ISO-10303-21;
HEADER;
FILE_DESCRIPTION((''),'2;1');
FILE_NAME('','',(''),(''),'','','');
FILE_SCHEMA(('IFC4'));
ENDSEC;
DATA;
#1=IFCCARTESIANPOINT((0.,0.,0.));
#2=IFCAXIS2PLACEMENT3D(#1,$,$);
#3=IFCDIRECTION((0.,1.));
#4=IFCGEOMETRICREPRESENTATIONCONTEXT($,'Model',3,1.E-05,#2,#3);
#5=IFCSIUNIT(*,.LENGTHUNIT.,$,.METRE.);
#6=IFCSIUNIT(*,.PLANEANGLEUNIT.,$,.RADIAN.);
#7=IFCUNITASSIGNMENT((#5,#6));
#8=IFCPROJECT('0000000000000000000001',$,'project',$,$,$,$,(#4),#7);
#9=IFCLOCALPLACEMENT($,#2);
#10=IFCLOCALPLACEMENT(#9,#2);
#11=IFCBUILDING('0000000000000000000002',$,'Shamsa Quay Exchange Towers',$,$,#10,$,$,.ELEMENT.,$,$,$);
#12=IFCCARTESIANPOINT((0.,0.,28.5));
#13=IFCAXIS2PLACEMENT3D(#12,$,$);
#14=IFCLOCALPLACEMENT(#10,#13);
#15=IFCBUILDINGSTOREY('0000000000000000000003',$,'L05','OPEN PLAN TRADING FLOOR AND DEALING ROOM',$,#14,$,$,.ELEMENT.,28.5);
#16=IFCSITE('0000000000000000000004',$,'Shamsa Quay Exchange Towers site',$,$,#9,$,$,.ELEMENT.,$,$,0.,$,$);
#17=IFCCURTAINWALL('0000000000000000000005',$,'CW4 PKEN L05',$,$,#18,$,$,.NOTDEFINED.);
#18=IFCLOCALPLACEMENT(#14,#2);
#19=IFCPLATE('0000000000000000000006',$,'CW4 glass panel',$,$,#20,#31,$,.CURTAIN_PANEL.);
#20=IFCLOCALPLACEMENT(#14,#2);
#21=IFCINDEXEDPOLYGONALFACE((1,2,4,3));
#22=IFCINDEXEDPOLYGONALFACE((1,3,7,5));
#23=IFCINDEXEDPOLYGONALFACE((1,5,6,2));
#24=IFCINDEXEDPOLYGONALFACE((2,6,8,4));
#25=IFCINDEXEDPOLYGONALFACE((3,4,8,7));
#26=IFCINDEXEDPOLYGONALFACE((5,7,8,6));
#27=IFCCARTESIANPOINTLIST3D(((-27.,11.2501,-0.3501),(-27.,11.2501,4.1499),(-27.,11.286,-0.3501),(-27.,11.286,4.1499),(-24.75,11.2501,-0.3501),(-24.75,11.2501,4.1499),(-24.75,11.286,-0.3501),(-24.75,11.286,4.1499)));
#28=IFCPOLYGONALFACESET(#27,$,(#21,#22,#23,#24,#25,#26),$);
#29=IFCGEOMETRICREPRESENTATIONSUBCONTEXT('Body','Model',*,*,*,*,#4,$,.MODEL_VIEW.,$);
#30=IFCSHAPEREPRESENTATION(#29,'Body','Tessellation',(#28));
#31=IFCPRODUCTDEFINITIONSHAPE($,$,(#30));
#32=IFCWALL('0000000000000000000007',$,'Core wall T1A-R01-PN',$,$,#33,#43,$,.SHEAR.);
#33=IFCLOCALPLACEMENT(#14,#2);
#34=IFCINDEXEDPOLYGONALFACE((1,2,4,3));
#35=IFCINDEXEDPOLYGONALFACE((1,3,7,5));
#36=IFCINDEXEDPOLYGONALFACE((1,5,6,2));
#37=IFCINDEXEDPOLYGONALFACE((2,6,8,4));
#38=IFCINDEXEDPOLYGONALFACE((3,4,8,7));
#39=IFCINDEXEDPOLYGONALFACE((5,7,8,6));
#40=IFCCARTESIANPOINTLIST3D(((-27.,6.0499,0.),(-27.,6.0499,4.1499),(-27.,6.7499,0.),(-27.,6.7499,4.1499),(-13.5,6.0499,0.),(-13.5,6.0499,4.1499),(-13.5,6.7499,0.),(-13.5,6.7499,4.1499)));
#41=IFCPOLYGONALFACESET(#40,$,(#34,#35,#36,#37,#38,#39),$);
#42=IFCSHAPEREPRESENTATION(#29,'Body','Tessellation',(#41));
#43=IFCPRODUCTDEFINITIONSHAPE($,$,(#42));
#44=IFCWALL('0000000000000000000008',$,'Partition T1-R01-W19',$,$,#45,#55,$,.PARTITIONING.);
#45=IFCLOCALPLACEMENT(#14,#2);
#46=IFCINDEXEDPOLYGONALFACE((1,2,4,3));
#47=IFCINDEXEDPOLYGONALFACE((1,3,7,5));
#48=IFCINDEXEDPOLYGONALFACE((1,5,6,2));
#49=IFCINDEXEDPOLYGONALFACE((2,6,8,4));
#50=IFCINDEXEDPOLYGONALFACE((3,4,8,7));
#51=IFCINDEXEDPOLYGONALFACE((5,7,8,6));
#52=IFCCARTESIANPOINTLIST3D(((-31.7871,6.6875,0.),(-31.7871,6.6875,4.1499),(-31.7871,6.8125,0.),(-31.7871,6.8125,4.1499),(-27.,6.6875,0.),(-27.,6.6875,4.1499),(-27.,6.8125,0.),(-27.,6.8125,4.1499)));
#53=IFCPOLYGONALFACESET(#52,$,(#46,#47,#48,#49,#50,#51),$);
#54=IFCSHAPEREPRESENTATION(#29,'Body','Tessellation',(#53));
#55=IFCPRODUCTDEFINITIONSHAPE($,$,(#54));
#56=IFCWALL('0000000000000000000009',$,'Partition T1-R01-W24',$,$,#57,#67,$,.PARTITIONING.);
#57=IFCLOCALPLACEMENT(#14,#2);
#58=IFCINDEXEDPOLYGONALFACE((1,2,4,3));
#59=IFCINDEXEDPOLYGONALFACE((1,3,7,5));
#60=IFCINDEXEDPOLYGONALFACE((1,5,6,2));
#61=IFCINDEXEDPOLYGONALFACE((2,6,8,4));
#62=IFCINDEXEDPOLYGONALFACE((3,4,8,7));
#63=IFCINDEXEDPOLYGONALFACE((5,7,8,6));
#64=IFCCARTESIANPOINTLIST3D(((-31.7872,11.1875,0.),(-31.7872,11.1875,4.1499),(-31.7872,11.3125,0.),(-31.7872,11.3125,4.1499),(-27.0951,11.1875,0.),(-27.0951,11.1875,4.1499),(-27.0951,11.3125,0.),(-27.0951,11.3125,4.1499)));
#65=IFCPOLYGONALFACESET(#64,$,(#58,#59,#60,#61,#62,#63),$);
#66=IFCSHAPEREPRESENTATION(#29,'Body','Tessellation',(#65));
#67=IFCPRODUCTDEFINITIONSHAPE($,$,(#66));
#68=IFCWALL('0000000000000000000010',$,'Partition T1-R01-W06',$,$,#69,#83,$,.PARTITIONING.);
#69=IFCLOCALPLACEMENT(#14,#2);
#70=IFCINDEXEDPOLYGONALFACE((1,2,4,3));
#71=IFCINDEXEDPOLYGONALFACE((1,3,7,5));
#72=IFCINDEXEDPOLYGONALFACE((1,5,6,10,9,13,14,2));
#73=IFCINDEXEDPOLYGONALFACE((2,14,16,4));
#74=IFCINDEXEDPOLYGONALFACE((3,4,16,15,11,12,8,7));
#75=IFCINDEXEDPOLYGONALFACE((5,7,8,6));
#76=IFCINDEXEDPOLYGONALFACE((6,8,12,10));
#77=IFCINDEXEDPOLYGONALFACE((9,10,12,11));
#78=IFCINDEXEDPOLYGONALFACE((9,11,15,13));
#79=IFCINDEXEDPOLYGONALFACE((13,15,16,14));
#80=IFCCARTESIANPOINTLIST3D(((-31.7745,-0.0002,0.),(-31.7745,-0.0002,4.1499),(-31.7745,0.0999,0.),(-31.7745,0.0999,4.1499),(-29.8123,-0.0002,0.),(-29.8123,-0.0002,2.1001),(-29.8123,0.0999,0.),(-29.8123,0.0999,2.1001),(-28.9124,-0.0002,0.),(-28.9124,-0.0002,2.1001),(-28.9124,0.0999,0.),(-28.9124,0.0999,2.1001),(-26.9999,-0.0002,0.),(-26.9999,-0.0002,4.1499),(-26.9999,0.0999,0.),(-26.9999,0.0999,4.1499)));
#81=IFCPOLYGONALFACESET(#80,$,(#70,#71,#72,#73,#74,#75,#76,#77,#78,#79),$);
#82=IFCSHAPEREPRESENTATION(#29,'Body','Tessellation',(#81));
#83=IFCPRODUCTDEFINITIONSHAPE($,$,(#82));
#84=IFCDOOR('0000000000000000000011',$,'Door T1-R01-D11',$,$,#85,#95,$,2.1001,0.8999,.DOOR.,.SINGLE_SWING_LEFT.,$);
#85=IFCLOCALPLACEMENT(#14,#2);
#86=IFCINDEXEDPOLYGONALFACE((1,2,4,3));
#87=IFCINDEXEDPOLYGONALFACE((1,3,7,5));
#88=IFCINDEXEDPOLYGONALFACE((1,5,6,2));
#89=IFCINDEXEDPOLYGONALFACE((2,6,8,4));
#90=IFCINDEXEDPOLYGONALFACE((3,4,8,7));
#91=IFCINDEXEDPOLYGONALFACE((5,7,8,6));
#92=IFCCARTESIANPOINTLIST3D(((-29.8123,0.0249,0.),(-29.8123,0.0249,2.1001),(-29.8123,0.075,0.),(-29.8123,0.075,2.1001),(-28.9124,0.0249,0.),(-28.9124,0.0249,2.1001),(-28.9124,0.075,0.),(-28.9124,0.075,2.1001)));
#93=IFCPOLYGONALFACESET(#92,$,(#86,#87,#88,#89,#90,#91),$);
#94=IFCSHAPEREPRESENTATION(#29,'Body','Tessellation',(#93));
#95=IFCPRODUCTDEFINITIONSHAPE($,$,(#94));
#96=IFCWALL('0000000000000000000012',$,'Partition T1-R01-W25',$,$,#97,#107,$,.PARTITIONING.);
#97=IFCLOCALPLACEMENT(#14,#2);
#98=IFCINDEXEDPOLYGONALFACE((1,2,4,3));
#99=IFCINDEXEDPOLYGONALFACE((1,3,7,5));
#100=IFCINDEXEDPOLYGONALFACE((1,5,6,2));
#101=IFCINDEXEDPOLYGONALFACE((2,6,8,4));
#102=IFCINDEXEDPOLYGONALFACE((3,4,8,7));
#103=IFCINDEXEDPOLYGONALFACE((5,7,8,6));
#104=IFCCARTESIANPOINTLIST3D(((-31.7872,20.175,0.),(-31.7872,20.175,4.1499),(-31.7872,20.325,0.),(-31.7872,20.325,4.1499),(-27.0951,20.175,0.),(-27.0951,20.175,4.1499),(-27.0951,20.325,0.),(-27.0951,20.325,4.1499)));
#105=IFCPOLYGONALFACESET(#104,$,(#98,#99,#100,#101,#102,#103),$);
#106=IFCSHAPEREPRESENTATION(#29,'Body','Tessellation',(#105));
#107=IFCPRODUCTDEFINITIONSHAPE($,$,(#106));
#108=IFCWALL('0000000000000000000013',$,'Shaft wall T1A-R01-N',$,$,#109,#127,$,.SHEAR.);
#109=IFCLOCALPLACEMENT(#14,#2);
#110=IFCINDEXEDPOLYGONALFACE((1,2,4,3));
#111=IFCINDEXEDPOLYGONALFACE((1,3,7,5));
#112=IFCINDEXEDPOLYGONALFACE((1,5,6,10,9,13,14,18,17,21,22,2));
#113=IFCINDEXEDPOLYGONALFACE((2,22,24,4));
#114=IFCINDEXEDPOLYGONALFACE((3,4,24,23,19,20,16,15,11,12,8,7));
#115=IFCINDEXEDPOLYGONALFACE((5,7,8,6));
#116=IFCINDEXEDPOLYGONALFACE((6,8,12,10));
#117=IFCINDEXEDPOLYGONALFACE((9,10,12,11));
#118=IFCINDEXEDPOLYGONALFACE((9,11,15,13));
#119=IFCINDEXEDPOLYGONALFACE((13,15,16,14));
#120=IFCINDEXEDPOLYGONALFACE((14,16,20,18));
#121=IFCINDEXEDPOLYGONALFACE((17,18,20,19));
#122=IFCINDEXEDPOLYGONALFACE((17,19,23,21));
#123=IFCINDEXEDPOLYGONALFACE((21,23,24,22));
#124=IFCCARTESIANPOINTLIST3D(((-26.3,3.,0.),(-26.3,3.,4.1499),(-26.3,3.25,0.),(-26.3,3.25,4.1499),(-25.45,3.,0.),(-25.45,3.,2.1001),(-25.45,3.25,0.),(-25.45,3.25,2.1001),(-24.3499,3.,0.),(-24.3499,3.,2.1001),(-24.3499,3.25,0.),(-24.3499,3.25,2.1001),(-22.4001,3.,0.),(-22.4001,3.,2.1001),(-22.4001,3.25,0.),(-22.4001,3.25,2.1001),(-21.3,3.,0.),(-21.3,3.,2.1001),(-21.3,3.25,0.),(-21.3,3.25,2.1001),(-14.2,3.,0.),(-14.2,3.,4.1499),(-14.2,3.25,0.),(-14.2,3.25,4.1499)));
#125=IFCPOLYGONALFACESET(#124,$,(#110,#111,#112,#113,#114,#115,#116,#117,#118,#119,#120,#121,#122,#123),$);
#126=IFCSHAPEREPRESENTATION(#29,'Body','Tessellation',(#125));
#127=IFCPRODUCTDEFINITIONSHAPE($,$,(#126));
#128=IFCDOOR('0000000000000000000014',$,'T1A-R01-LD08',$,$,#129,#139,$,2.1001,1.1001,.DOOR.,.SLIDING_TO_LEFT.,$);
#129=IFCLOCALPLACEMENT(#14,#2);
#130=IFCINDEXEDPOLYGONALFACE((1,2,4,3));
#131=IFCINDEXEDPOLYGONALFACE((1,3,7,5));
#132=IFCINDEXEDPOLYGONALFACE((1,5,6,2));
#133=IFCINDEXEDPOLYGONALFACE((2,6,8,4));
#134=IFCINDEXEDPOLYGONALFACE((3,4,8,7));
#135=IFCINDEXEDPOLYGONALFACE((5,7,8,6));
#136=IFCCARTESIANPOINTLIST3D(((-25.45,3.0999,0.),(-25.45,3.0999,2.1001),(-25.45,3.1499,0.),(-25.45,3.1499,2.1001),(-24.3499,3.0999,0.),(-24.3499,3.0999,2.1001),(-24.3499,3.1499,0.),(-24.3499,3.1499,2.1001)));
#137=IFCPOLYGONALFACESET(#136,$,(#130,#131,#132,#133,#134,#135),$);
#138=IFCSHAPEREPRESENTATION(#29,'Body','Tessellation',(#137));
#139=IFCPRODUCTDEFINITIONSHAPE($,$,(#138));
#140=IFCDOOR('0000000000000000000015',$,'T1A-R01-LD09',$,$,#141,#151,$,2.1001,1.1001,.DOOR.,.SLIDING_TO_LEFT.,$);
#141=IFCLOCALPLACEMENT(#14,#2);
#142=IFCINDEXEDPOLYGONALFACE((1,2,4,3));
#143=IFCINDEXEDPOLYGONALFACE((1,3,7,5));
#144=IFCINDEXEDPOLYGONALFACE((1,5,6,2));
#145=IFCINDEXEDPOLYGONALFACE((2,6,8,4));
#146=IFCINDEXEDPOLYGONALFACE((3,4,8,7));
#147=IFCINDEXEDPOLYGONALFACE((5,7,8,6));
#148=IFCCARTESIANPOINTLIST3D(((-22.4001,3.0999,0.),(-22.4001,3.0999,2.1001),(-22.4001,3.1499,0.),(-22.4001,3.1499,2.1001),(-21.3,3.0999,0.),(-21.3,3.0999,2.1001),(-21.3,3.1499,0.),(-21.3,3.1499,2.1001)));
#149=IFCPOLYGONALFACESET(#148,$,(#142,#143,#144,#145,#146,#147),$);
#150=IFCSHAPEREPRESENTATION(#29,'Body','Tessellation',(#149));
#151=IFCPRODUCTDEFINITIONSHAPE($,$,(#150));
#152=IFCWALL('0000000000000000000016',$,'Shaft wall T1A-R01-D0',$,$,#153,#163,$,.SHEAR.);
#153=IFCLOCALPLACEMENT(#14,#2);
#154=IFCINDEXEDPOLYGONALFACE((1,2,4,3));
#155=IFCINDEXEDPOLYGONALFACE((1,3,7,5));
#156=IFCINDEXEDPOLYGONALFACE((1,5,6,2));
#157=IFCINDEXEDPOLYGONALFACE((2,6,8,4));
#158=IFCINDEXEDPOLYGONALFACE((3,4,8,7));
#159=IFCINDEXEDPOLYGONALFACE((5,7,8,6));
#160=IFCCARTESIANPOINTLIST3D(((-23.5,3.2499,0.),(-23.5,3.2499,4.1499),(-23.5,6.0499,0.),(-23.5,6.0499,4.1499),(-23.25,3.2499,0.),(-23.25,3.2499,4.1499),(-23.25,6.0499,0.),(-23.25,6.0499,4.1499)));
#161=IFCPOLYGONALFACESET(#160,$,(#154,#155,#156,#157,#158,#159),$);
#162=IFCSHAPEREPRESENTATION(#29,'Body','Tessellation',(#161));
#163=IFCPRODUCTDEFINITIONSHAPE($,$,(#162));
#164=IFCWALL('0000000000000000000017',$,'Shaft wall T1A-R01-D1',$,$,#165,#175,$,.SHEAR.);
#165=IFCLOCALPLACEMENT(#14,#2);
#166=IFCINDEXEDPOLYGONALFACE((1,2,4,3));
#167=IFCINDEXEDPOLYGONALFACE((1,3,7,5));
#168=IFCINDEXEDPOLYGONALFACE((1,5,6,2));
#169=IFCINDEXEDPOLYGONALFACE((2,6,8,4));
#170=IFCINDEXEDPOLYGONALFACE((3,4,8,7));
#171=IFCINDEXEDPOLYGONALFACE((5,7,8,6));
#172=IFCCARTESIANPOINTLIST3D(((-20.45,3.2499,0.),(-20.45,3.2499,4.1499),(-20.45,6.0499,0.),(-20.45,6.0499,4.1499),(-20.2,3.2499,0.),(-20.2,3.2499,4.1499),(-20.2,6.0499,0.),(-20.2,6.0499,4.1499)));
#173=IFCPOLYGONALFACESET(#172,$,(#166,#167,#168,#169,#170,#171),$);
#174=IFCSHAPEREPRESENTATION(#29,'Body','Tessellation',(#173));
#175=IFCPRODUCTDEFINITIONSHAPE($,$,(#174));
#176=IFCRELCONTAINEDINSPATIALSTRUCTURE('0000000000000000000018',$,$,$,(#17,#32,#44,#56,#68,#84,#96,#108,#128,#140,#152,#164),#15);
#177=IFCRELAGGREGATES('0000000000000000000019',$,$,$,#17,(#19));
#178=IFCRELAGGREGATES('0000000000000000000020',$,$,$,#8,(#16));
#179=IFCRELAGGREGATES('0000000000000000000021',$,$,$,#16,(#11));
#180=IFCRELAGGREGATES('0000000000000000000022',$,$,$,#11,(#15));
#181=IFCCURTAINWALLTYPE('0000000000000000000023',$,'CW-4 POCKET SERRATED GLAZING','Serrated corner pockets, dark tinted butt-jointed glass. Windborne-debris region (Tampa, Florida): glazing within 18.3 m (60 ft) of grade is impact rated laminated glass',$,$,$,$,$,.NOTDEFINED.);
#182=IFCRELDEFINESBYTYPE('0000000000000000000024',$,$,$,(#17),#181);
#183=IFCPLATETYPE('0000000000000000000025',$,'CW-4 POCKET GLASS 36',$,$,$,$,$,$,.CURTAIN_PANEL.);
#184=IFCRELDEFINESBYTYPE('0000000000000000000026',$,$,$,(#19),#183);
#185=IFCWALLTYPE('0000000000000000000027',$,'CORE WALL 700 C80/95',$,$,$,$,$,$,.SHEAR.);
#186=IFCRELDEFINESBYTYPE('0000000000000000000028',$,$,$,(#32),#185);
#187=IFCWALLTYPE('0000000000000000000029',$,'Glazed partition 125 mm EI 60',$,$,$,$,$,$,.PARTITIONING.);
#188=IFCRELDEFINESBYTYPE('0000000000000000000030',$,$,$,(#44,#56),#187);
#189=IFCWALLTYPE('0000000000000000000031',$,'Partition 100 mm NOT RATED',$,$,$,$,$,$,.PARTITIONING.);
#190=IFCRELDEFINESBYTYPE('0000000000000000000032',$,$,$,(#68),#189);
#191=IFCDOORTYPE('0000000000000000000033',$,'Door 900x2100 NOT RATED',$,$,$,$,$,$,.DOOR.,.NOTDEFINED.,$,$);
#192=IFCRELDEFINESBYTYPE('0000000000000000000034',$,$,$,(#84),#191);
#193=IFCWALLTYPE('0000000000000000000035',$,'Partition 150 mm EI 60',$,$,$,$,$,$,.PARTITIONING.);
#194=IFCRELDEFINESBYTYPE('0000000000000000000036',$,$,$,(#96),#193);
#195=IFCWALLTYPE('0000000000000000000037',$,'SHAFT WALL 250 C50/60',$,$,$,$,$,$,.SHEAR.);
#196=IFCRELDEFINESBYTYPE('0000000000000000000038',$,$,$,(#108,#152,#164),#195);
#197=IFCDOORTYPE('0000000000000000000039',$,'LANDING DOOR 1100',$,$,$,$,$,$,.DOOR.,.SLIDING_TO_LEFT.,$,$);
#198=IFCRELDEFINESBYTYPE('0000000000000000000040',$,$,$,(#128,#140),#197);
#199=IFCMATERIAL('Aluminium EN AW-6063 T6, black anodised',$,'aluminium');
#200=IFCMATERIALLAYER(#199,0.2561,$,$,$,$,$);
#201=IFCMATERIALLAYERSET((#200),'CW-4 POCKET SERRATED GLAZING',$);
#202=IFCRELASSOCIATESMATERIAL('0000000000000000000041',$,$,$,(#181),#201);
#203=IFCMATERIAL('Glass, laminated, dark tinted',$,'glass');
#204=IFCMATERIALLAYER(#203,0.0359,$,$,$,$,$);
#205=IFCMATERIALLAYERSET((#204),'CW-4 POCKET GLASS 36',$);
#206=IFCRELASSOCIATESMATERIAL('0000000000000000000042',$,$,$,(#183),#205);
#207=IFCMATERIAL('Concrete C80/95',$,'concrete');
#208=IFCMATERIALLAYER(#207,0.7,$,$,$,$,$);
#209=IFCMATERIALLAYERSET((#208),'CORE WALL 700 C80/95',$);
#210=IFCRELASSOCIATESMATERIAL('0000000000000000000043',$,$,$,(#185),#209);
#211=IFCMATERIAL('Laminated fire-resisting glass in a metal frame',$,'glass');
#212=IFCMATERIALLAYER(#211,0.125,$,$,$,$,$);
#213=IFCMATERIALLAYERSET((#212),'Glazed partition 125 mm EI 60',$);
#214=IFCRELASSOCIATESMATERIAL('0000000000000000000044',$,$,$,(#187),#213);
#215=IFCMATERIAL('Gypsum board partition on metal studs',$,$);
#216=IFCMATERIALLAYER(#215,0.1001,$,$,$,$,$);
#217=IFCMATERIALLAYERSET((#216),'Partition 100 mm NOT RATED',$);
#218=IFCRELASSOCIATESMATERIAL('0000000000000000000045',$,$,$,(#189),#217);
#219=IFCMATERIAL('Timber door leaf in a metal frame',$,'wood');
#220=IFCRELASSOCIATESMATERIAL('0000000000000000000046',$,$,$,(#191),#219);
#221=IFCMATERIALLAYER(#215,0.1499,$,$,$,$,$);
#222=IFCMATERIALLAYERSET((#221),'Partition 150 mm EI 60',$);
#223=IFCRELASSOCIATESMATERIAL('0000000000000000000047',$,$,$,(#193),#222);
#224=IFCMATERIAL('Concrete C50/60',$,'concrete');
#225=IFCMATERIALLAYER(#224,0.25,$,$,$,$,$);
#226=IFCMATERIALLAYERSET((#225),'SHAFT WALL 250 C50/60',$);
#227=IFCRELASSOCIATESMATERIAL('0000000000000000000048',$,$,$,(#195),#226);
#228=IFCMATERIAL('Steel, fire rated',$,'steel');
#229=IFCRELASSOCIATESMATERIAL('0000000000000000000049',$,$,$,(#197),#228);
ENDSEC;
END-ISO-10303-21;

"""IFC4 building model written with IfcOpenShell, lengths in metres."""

from ifc_helpers import new_model, si_unit, direction, frame, frame_2d, origin, origin_2d, place, context, subcontext, project, spatial, rectangle, extrude, material, layer, layer_set, type_object, element, fill, aggregate, save


model = new_model("IFC4")

# Units and contexts
model_context = context("Model", 3, precision=1e-05, world=origin(), true_north=direction((0.0, 1.0)))
body_context = subcontext(model_context, "Body", "Model", "MODEL_VIEW")
ifc_project = project(units=[si_unit("LENGTHUNIT", "METRE"), si_unit("PLANEANGLEUNIT", "RADIAN")], contexts=[model_context])

# Site, building, storey
site_placement = place(None, origin())
site = spatial("IfcSite", under=ifc_project, at=site_placement, Name="Shamsa Quay Exchange Towers site", CompositionType="ELEMENT", RefElevation=0.0)
building_placement = place(site_placement, origin())
building = spatial("IfcBuilding", under=site, at=building_placement, Name="Shamsa Quay Exchange Towers", CompositionType="ELEMENT")
storey_placement = place(building_placement, frame((0.0, 0.0, 28.5)))
storey = spatial("IfcBuildingStorey", under=building, at=storey_placement, Name="L05", Description="OPEN PLAN TRADING FLOOR AND DEALING ROOM", CompositionType="ELEMENT", Elevation=28.5)

# Shared definitions
ifc_material_1 = material(Name="Aluminium EN AW-6063 T6, black anodised", Category="aluminium")

# Shared definitions
ifc_material_2 = material(Name="Glass, laminated, dark tinted", Category="glass")

# Curtain wall, plate
ifc_layer_1 = layer(ifc_material_1, 0.2561)
ifc_layer_set_1 = layer_set([ifc_layer_1], Name="CW-4 POCKET SERRATED GLAZING")
curtain_wall_type_1 = type_object("IfcCurtainWallType", Name="CW-4 POCKET SERRATED GLAZING", Description="Serrated corner pockets, dark tinted butt-jointed glass. Windborne-debris region (Tampa, Florida): glazing within 18.3 m (60 ft) of grade is impact rated laminated glass", PredefinedType="NOTDEFINED", material=ifc_layer_set_1)
curtain_wall_1_placement = place(storey_placement, origin())
curtain_wall_1 = element("IfcCurtainWall", 1, at=curtain_wall_1_placement, inside=storey, type_object=curtain_wall_type_1, Name="CW4 PKEN L05", PredefinedType="NOTDEFINED")
ifc_layer_2 = layer(ifc_material_2, 0.0359)
ifc_layer_set_2 = layer_set([ifc_layer_2], Name="CW-4 POCKET GLASS 36")
plate_type_1 = type_object("IfcPlateType", Name="CW-4 POCKET GLASS 36", PredefinedType="CURTAIN_PANEL", material=ifc_layer_set_2)
plate_1_placement = place(storey_placement, frame((-25.875, 11.2681, -0.3501), z_axis=(0.0, 0.0, 1.0), x_axis=(-1.0, 0.0, 0.0)))
plate_1 = element("IfcPlate", 2, at=plate_1_placement, type_object=plate_type_1, Name="CW4 glass panel", PredefinedType="CURTAIN_PANEL", context=body_context, shape_type="SweptSolid", body=[
    extrude(rectangle(XDim=2.25, YDim=0.0359, at=origin_2d()), origin(), (0.0, 0.0, 1.0), 4.5),
])
aggregate(curtain_wall_1, [plate_1])

# Wall
ifc_material_3 = material(Name="Concrete C80/95", Category="concrete")
ifc_layer_3 = layer(ifc_material_3, 0.7)
ifc_layer_set_3 = layer_set([ifc_layer_3], Name="CORE WALL 700 C80/95")
wall_type_1 = type_object("IfcWallType", Name="CORE WALL 700 C80/95", PredefinedType="SHEAR", material=ifc_layer_set_3)
wall_1_placement = place(storey_placement, frame((-27.0, 6.3999, 0.0)))
element("IfcWall", 3, at=wall_1_placement, inside=storey, type_object=wall_type_1, Name="Core wall T1A-R01-PN", PredefinedType="SHEAR", context=body_context, shape_type="SweptSolid", body=[
    extrude(rectangle(XDim=13.5, YDim=0.7, at=frame_2d((6.75, 0.0))), origin(), (0.0, 0.0, 1.0), 4.1499),
])

# Shared definitions
ifc_material_4 = material(Name="Steel, fire rated", Category="steel")

# Walls
ifc_material_5 = material(Name="Laminated fire-resisting glass in a metal frame", Category="glass")
ifc_layer_4 = layer(ifc_material_5, 0.125)
ifc_layer_set_4 = layer_set([ifc_layer_4], Name="Glazed partition 125 mm EI 60")
wall_type_2 = type_object("IfcWallType", Name="Glazed partition 125 mm EI 60", PredefinedType="PARTITIONING", material=ifc_layer_set_4)
wall_2_placement = place(storey_placement, frame((-27.0, 6.75, 0.0), z_axis=(0.0, 0.0, 1.0), x_axis=(-1.0, 0.0, 0.0)))
element("IfcWall", 4, at=wall_2_placement, inside=storey, type_object=wall_type_2, Name="Partition T1-R01-W19", PredefinedType="PARTITIONING", context=body_context, shape_type="SweptSolid", body=[
    extrude(rectangle(XDim=4.7871, YDim=0.125, at=frame_2d((2.3936, 0.0))), origin(), (0.0, 0.0, 1.0), 4.1499),
])
wall_3_placement = place(storey_placement, frame((-27.095, 11.25, 0.0), z_axis=(0.0, 0.0, 1.0), x_axis=(-1.0, 0.0, 0.0)))
element("IfcWall", 5, at=wall_3_placement, inside=storey, type_object=wall_type_2, Name="Partition T1-R01-W24", PredefinedType="PARTITIONING", context=body_context, shape_type="SweptSolid", body=[
    extrude(rectangle(XDim=4.6921, YDim=0.125, at=frame_2d((2.3462, 0.0))), origin(), (0.0, 0.0, 1.0), 4.1499),
])

# Wall, opening, door
ifc_material_6 = material(Name="Gypsum board partition on metal studs")
ifc_layer_5 = layer(ifc_material_6, 0.1001)
ifc_layer_set_5 = layer_set([ifc_layer_5], Name="Partition 100 mm NOT RATED")
wall_type_3 = type_object("IfcWallType", Name="Partition 100 mm NOT RATED", PredefinedType="PARTITIONING", material=ifc_layer_set_5)
wall_4_placement = place(storey_placement, frame((-27.0, 0.0498, 0.0), z_axis=(0.0, 0.0, 1.0), x_axis=(-1.0, 0.0, 0.0)))
wall_4 = element("IfcWall", 6, at=wall_4_placement, inside=storey, type_object=wall_type_3, Name="Partition T1-R01-W06", PredefinedType="PARTITIONING", context=body_context, shape_type="SweptSolid", body=[
    extrude(rectangle(XDim=4.7747, YDim=0.1001, at=frame_2d((2.3872, 0.0))), origin(), (0.0, 0.0, 1.0), 4.1499),
])
opening_1_placement = place(wall_4_placement, frame((1.9124, 0.0, 0.0)))
opening_1 = element("IfcOpeningElement", 7, at=opening_1_placement, cuts=wall_4, PredefinedType="OPENING", context=body_context, shape_type="SweptSolid", body=[
    extrude(rectangle(XDim=0.8999, YDim=2.1001, at=frame_2d((0.45, 1.05))), frame((0.0, 0.0601, 0.0), z_axis=(0.0, -1.0, 0.0), x_axis=(1.0, 0.0, 0.0)), (0.0, 0.0, 1.0), 0.1201),
])
ifc_material_7 = material(Name="Timber door leaf in a metal frame", Category="wood")
door_type_1 = type_object("IfcDoorType", Name="Door 900x2100 NOT RATED", OperationType="NOTDEFINED", PredefinedType="DOOR", material=ifc_material_7)
door_1_placement = place(opening_1_placement, origin())
door_1 = element("IfcDoor", 8, at=door_1_placement, inside=storey, type_object=door_type_1, Name="Door T1-R01-D11", OperationType="SINGLE_SWING_LEFT", OverallHeight=2.1001, OverallWidth=0.8999, PredefinedType="DOOR", context=body_context, shape_type="SweptSolid", body=[
    extrude(rectangle(XDim=0.8999, YDim=2.1001, at=frame_2d((0.45, 1.05))), frame((0.0, 0.0249, 0.0), z_axis=(0.0, -1.0, 0.0), x_axis=(1.0, 0.0, 0.0)), (0.0, 0.0, 1.0), 0.05),
])
fill(opening_1, door_1)

# Wall
ifc_layer_6 = layer(ifc_material_6, 0.1499)
ifc_layer_set_6 = layer_set([ifc_layer_6], Name="Partition 150 mm EI 60")
wall_type_4 = type_object("IfcWallType", Name="Partition 150 mm EI 60", PredefinedType="PARTITIONING", material=ifc_layer_set_6)
wall_5_placement = place(storey_placement, frame((-27.095, 20.25, 0.0), z_axis=(0.0, 0.0, 1.0), x_axis=(-1.0, 0.0, 0.0)))
element("IfcWall", 9, at=wall_5_placement, inside=storey, type_object=wall_type_4, Name="Partition T1-R01-W25", PredefinedType="PARTITIONING", context=body_context, shape_type="SweptSolid", body=[
    extrude(rectangle(XDim=4.6921, YDim=0.1499, at=frame_2d((2.3462, 0.0))), origin(), (0.0, 0.0, 1.0), 4.1499),
])

# Wall, openings, doors
ifc_material_8 = material(Name="Concrete C50/60", Category="concrete")
ifc_layer_7 = layer(ifc_material_8, 0.25)
ifc_layer_set_7 = layer_set([ifc_layer_7], Name="SHAFT WALL 250 C50/60")
wall_type_5 = type_object("IfcWallType", Name="SHAFT WALL 250 C50/60", PredefinedType="SHEAR", material=ifc_layer_set_7)
wall_6_placement = place(storey_placement, frame((-26.3, 3.125, 0.0)))
wall_6 = element("IfcWall", 10, at=wall_6_placement, inside=storey, type_object=wall_type_5, Name="Shaft wall T1A-R01-N", PredefinedType="SHEAR", context=body_context, shape_type="SweptSolid", body=[
    extrude(rectangle(XDim=12.1001, YDim=0.25, at=frame_2d((6.05, 0.0))), origin(), (0.0, 0.0, 1.0), 4.1499),
])
opening_2_placement = place(wall_6_placement, frame((0.8501, 0.0, 0.0)))
opening_2 = element("IfcOpeningElement", 11, at=opening_2_placement, cuts=wall_6, PredefinedType="OPENING", context=body_context, shape_type="SweptSolid", body=[
    extrude(rectangle(XDim=1.1001, YDim=2.1001, at=frame_2d((0.55, 1.05))), frame((0.0, 0.135, 0.0), z_axis=(0.0, -1.0, 0.0), x_axis=(1.0, 0.0, 0.0)), (0.0, 0.0, 1.0), 0.27),
])
opening_3_placement = place(wall_6_placement, frame((3.8999, 0.0, 0.0)))
opening_3 = element("IfcOpeningElement", 12, at=opening_3_placement, cuts=wall_6, PredefinedType="OPENING", context=body_context, shape_type="SweptSolid", body=[
    extrude(rectangle(XDim=1.1001, YDim=2.1001, at=frame_2d((0.55, 1.05))), frame((0.0, 0.135, 0.0), z_axis=(0.0, -1.0, 0.0), x_axis=(1.0, 0.0, 0.0)), (0.0, 0.0, 1.0), 0.27),
])
door_type_2 = type_object("IfcDoorType", Name="LANDING DOOR 1100", OperationType="SLIDING_TO_LEFT", PredefinedType="DOOR", material=ifc_material_4)
door_2_placement = place(opening_2_placement, origin())
door_2 = element("IfcDoor", 13, at=door_2_placement, inside=storey, type_object=door_type_2, Name="T1A-R01-LD08", OperationType="SLIDING_TO_LEFT", OverallHeight=2.1001, OverallWidth=1.1001, PredefinedType="DOOR", context=body_context, shape_type="SweptSolid", body=[
    extrude(rectangle(XDim=1.1001, YDim=2.1001, at=frame_2d((0.55, 1.05))), frame((0.0, 0.0249, 0.0), z_axis=(0.0, -1.0, 0.0), x_axis=(1.0, 0.0, 0.0)), (0.0, 0.0, 1.0), 0.05),
])
fill(opening_2, door_2)
door_3_placement = place(opening_3_placement, origin())
door_3 = element("IfcDoor", 14, at=door_3_placement, inside=storey, type_object=door_type_2, Name="T1A-R01-LD09", OperationType="SLIDING_TO_LEFT", OverallHeight=2.1001, OverallWidth=1.1001, PredefinedType="DOOR", context=body_context, shape_type="SweptSolid", body=[
    extrude(rectangle(XDim=1.1001, YDim=2.1001, at=frame_2d((0.55, 1.05))), frame((0.0, 0.0249, 0.0), z_axis=(0.0, -1.0, 0.0), x_axis=(1.0, 0.0, 0.0)), (0.0, 0.0, 1.0), 0.05),
])
fill(opening_3, door_3)

# Walls
for number, where, z_axis, x_axis, name in (
    (15, (-23.375, 3.25, 0.0), (0.0, 0.0, 1.0), (0.0, 1.0, 0.0), "Shaft wall T1A-R01-D0"),
    (16, (-20.325, 3.25, 0.0), (0.0, 0.0, 1.0), (0.0, 1.0, 0.0), "Shaft wall T1A-R01-D1"),
):
    element("IfcWall", number, at=place(storey_placement, frame(where, z_axis=z_axis, x_axis=x_axis)), inside=storey, type_object=wall_type_5, Name=name, PredefinedType="SHEAR", context=body_context, shape_type="SweptSolid", body=[
        extrude(rectangle(XDim=2.8, YDim=0.25, at=frame_2d((1.3999, 0.0))), origin(), (0.0, 0.0, 1.0), 4.1499),
    ])

save(model, "model.ifc")
